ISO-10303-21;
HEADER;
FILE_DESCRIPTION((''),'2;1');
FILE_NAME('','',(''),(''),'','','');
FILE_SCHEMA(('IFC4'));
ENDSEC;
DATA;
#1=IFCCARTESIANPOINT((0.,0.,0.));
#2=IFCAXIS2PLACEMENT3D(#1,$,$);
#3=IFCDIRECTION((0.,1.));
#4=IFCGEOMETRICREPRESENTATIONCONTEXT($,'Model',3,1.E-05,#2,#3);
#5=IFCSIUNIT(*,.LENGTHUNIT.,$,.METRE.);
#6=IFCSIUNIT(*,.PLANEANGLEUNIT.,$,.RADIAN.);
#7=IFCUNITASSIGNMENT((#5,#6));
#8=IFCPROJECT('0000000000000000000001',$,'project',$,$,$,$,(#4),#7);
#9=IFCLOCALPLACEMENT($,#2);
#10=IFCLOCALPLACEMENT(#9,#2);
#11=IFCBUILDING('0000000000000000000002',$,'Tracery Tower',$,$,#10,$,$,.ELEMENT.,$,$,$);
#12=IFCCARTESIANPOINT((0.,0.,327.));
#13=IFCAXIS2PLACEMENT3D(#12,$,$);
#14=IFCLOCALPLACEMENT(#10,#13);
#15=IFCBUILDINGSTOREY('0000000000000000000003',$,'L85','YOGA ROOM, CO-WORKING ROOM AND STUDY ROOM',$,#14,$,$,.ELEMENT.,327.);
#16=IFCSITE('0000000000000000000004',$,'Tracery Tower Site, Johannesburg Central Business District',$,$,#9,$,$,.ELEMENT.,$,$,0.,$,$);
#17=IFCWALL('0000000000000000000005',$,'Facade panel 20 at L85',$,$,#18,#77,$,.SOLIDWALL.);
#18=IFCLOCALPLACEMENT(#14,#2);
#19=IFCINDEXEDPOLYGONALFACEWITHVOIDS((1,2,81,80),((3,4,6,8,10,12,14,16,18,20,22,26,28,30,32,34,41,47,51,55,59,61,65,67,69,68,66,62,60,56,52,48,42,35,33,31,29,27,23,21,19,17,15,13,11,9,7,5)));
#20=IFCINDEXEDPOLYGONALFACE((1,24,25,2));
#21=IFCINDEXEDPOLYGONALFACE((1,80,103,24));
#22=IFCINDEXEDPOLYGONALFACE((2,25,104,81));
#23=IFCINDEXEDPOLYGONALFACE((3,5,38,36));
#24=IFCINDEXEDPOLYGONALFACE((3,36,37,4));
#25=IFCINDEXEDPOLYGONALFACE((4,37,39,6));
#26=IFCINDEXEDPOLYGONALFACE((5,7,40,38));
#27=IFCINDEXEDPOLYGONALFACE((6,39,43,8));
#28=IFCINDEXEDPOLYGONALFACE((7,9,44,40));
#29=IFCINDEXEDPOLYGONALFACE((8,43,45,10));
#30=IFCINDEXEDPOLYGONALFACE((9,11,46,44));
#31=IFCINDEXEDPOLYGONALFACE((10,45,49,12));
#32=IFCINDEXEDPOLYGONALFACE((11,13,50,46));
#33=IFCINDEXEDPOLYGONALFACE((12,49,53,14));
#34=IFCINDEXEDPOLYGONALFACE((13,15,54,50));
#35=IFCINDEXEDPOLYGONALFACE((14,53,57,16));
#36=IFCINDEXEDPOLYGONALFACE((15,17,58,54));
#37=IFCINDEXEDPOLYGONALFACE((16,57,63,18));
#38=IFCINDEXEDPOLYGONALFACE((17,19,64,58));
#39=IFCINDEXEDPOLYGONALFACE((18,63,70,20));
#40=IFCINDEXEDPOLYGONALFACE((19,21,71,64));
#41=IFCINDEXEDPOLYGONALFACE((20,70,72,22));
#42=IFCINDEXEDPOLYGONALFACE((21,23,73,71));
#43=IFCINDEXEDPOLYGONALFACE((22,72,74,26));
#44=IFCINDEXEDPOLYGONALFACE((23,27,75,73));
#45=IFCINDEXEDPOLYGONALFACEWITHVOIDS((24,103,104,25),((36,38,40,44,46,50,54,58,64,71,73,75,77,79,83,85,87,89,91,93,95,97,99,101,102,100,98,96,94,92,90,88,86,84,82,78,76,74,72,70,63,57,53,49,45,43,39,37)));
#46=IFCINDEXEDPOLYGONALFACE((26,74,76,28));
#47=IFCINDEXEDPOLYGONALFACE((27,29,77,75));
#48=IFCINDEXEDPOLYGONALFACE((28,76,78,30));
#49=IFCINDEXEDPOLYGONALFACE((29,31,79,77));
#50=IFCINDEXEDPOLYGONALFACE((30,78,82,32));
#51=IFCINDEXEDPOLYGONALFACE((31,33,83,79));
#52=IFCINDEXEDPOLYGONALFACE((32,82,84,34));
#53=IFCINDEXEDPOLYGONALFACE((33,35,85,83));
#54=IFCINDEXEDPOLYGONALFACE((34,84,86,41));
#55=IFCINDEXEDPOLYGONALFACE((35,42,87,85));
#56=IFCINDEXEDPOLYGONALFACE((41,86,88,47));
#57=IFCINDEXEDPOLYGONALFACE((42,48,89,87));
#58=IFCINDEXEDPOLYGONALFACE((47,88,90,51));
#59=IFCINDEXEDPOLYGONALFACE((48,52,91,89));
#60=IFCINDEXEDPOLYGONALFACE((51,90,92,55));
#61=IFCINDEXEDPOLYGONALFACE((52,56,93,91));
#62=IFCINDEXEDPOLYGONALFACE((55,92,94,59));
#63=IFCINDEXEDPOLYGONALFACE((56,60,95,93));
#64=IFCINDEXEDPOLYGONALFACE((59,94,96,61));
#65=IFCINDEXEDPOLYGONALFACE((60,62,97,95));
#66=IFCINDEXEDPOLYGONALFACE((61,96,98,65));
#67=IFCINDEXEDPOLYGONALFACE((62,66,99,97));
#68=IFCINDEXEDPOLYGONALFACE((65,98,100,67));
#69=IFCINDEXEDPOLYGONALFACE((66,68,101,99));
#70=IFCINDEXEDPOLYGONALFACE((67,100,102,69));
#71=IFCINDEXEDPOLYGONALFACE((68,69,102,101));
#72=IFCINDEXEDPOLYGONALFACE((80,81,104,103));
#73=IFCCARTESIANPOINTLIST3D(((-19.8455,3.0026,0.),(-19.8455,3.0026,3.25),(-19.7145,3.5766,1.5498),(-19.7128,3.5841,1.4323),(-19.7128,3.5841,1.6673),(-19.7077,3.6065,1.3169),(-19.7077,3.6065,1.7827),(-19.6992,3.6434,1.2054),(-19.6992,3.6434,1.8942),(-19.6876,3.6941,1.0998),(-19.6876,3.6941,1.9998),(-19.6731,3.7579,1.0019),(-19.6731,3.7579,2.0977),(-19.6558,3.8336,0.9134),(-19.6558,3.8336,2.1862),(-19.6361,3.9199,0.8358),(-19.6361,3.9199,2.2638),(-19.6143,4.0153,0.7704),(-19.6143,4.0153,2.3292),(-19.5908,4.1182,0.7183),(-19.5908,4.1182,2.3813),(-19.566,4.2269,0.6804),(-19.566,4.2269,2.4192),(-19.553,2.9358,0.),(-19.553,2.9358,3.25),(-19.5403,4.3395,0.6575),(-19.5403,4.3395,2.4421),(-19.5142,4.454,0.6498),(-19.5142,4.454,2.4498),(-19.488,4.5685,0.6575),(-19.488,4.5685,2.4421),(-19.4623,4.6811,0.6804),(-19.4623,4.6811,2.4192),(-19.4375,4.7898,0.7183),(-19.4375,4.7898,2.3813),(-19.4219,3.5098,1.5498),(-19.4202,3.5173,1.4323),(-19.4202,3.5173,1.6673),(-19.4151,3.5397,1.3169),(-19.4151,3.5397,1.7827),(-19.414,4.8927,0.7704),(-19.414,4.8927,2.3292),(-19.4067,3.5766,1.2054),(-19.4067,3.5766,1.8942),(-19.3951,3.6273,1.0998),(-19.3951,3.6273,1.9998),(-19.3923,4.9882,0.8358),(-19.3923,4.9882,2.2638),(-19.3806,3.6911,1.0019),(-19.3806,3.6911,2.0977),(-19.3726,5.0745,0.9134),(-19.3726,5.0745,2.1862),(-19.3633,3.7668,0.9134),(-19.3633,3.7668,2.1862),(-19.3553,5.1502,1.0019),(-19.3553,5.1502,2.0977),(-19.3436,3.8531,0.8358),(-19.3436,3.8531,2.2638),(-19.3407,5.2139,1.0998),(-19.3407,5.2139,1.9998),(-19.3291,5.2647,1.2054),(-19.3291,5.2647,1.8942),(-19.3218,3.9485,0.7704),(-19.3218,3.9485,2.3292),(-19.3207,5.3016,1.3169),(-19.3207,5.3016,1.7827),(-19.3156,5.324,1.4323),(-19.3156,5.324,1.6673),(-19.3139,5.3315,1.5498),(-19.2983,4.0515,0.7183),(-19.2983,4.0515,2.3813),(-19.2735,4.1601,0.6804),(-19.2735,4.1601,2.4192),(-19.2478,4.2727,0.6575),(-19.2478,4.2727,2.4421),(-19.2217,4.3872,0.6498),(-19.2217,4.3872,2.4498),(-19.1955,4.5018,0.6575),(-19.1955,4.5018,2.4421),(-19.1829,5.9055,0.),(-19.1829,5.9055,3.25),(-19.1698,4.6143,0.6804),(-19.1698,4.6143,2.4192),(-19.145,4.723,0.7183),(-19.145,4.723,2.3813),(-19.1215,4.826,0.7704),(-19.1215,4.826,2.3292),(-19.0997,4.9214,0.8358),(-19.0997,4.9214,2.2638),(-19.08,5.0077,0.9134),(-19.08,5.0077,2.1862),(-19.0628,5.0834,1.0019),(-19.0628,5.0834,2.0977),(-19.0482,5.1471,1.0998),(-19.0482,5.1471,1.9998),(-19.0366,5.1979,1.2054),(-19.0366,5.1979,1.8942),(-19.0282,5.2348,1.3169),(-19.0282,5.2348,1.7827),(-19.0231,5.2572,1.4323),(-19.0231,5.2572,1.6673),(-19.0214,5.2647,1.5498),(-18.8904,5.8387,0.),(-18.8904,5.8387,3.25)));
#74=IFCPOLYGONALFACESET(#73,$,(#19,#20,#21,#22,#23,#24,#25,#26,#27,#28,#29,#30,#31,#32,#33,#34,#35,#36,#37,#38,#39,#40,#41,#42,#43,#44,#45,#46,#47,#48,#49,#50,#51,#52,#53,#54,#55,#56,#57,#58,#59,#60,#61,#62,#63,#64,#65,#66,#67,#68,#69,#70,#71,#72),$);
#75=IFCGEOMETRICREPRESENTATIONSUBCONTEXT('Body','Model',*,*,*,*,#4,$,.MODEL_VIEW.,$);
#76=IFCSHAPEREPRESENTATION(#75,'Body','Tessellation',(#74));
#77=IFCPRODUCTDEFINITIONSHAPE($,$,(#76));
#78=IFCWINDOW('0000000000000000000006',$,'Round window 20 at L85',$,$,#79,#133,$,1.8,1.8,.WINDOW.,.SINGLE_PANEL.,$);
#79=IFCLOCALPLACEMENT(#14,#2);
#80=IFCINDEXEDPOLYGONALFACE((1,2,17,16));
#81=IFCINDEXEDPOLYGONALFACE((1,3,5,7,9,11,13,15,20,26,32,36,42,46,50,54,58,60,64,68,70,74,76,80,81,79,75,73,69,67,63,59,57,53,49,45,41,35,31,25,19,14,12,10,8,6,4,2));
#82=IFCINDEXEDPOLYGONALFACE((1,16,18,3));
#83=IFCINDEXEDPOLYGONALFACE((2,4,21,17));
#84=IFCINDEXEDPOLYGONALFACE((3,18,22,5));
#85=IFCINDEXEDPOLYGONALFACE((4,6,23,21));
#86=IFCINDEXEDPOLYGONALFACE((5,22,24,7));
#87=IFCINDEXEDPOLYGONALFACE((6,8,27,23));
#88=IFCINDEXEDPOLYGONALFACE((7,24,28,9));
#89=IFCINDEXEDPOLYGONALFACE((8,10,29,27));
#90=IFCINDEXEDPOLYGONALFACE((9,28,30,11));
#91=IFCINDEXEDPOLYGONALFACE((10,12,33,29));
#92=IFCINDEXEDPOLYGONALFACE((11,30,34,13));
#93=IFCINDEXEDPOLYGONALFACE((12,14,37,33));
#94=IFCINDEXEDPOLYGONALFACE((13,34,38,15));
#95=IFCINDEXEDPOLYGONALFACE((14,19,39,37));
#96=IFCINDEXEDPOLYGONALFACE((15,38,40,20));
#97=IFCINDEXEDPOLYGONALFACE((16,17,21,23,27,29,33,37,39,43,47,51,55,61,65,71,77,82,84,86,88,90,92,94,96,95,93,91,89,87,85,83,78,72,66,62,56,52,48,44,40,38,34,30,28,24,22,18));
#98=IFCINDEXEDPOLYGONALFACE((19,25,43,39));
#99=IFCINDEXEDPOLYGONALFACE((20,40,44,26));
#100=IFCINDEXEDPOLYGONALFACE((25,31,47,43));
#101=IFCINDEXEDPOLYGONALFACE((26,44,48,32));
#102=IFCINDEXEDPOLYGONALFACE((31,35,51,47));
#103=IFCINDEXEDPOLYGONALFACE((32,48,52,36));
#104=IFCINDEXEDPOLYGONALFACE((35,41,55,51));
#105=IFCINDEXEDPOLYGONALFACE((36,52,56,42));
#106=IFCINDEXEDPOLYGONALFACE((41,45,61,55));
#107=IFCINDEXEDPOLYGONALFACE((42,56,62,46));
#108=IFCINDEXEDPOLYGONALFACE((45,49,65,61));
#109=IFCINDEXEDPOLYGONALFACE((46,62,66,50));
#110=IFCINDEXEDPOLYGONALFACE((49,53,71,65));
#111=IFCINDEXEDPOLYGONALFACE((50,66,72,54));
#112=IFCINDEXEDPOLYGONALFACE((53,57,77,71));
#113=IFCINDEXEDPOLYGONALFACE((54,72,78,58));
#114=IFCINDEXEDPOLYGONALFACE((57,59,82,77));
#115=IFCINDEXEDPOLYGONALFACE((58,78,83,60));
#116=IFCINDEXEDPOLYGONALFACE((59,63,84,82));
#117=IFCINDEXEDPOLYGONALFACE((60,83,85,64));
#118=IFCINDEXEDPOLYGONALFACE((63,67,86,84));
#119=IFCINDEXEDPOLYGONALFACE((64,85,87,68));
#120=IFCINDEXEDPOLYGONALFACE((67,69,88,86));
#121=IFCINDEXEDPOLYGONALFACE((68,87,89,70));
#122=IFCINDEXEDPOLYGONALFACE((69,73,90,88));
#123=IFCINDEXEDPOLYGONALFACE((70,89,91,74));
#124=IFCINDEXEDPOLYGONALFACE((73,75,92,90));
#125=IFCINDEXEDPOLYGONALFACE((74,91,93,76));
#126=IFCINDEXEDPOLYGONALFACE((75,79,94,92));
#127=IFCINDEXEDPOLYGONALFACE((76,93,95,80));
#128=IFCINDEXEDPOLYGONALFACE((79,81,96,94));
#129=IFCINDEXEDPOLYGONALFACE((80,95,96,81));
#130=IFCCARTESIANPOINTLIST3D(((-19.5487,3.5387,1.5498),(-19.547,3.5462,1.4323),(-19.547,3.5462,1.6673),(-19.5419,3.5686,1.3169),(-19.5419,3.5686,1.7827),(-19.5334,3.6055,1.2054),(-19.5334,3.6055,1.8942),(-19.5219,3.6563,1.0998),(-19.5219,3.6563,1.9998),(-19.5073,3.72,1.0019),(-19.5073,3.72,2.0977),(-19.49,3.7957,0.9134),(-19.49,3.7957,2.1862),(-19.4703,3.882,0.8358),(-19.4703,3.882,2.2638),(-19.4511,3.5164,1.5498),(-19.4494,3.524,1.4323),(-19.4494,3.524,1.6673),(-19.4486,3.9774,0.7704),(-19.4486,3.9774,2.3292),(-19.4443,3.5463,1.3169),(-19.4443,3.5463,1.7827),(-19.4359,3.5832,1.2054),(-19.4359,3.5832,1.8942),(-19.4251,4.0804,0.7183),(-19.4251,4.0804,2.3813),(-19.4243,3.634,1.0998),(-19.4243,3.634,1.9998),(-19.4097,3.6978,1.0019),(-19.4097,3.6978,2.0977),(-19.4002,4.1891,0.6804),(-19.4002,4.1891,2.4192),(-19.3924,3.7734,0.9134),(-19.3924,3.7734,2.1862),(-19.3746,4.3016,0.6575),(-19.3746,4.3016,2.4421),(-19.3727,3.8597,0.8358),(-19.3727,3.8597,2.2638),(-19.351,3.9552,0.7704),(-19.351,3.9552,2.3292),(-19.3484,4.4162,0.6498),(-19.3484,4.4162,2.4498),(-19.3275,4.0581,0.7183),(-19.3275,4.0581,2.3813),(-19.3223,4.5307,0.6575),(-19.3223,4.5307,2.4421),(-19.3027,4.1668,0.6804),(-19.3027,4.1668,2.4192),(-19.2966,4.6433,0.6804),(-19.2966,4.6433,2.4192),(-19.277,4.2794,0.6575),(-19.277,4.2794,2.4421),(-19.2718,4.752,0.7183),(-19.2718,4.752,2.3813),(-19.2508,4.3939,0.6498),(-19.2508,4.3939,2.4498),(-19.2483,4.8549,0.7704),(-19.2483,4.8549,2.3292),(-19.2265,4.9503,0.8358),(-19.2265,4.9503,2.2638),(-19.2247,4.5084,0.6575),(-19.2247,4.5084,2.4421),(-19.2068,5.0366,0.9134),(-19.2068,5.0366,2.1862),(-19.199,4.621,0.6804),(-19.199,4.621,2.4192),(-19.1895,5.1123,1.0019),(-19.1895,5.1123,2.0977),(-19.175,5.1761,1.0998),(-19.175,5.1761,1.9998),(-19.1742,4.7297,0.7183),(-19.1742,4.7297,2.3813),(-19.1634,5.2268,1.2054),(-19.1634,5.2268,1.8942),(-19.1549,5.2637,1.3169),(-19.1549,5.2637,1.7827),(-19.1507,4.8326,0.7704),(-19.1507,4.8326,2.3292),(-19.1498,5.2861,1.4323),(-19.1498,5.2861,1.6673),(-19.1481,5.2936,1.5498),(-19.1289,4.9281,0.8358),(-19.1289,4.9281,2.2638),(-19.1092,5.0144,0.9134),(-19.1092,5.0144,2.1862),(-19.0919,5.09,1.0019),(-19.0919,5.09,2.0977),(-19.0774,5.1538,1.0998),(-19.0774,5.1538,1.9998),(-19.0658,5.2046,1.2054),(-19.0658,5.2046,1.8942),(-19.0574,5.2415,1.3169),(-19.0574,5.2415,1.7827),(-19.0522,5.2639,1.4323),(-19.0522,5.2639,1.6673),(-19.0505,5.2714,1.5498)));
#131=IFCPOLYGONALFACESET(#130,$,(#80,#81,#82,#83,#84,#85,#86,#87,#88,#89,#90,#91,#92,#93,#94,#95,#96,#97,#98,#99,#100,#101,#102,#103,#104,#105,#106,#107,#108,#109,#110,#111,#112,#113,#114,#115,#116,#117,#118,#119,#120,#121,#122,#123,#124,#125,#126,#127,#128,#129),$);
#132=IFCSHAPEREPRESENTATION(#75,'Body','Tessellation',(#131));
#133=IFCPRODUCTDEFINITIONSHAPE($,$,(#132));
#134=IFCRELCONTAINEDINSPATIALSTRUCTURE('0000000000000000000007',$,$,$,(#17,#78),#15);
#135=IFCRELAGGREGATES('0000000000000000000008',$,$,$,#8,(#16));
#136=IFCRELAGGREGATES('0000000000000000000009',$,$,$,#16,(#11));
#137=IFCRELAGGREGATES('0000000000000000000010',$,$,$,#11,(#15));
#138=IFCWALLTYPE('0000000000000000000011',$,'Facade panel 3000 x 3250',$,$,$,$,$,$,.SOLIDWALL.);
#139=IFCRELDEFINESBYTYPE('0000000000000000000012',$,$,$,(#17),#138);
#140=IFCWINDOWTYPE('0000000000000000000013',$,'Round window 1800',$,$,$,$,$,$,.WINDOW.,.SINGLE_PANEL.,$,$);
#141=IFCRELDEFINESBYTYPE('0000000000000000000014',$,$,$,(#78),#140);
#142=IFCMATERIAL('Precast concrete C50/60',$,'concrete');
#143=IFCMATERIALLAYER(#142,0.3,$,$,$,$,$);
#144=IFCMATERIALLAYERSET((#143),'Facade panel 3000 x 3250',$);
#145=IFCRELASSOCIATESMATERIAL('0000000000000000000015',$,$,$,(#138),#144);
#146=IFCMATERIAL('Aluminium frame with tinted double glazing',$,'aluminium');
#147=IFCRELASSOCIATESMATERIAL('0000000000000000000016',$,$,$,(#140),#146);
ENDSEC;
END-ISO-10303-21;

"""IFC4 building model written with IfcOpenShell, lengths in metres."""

from ifc_helpers import new_model, si_unit, direction, frame, frame_2d, origin, origin_2d, place, context, subcontext, project, spatial, rectangle, circle, extrude, material, layer, layer_set, type_object, element, fill, save


model = new_model("IFC4")

# Units and contexts
model_context = context("Model", 3, precision=1e-05, world=origin(), true_north=direction((0.0, 1.0)))
body_context = subcontext(model_context, "Body", "Model", "MODEL_VIEW")
ifc_project = project(units=[si_unit("LENGTHUNIT", "METRE"), si_unit("PLANEANGLEUNIT", "RADIAN")], contexts=[model_context])

# Site, building, storey
site_placement = place(None, origin())
site = spatial("IfcSite", under=ifc_project, at=site_placement, Name="Tracery Tower Site, Johannesburg Central Business District", CompositionType="ELEMENT", RefElevation=0.0)
building_placement = place(site_placement, origin())
building = spatial("IfcBuilding", under=site, at=building_placement, Name="Tracery Tower", CompositionType="ELEMENT")
storey_placement = place(building_placement, frame((0.0, 0.0, 327.0)))
storey = spatial("IfcBuildingStorey", under=building, at=storey_placement, Name="L85", Description="YOGA ROOM, CO-WORKING ROOM AND STUDY ROOM", CompositionType="ELEMENT", Elevation=327.0)

# Wall, opening, window
ifc_material_1 = material(Name="Precast concrete C50/60", Category="concrete")
ifc_layer_1 = layer(ifc_material_1, 0.3)
ifc_layer_set_1 = layer_set([ifc_layer_1], Name="Facade panel 3000 x 3250")
wall_type_1 = type_object("IfcWallType", Name="Facade panel 3000 x 3250", PredefinedType="SOLIDWALL", material=ifc_layer_set_1)
wall_1_placement = place(storey_placement, frame((-19.0366, 5.8721, 0.0), z_axis=(0.0, 0.0, 1.0), x_axis=(-0.222535, -0.974925, 0.0)))
wall_1 = element("IfcWall", 1, at=wall_1_placement, inside=storey, type_object=wall_type_1, Name="Facade panel 20 at L85", PredefinedType="SOLIDWALL", context=body_context, shape_type="SweptSolid", body=[
    extrude(rectangle(XDim=2.9775, YDim=0.3, at=frame_2d((1.4888, 0.0))), origin(), (0.0, 0.0, 1.0), 3.25),
])
opening_1_placement = place(wall_1_placement, frame((1.4888, 0.0, 1.5498)))
opening_1 = element("IfcOpeningElement", 2, at=opening_1_placement, cuts=wall_1, PredefinedType="OPENING", context=body_context, shape_type="SweptSolid", body=[
    extrude(circle(Radius=0.9, at=origin_2d()), frame((0.0, 0.1599, 0.0), z_axis=(0.0, -1.0, 0.0), x_axis=(1.0, 0.0, 0.0)), (0.0, 0.0, 1.0), 0.3201),
])
ifc_material_2 = material(Name="Aluminium frame with tinted double glazing", Category="aluminium")
window_type = type_object("IfcWindowType", Name="Round window 1800", PartitioningType="SINGLE_PANEL", PredefinedType="WINDOW", material=ifc_material_2)
window_1_placement = place(opening_1_placement, origin())
window_1 = element("IfcWindow", 3, at=window_1_placement, inside=storey, type_object=window_type, Name="Round window 20 at L85", OverallHeight=1.8, OverallWidth=1.8, PartitioningType="SINGLE_PANEL", PredefinedType="WINDOW", context=body_context, shape_type="SweptSolid", body=[
    extrude(circle(Radius=0.9, at=origin_2d()), frame((0.0, 0.1201, 0.0), z_axis=(0.0, -1.0, 0.0), x_axis=(1.0, 0.0, 0.0)), (0.0, 0.0, 1.0), 0.1001),
])
fill(opening_1, window_1)

save(model, "model.ifc")
